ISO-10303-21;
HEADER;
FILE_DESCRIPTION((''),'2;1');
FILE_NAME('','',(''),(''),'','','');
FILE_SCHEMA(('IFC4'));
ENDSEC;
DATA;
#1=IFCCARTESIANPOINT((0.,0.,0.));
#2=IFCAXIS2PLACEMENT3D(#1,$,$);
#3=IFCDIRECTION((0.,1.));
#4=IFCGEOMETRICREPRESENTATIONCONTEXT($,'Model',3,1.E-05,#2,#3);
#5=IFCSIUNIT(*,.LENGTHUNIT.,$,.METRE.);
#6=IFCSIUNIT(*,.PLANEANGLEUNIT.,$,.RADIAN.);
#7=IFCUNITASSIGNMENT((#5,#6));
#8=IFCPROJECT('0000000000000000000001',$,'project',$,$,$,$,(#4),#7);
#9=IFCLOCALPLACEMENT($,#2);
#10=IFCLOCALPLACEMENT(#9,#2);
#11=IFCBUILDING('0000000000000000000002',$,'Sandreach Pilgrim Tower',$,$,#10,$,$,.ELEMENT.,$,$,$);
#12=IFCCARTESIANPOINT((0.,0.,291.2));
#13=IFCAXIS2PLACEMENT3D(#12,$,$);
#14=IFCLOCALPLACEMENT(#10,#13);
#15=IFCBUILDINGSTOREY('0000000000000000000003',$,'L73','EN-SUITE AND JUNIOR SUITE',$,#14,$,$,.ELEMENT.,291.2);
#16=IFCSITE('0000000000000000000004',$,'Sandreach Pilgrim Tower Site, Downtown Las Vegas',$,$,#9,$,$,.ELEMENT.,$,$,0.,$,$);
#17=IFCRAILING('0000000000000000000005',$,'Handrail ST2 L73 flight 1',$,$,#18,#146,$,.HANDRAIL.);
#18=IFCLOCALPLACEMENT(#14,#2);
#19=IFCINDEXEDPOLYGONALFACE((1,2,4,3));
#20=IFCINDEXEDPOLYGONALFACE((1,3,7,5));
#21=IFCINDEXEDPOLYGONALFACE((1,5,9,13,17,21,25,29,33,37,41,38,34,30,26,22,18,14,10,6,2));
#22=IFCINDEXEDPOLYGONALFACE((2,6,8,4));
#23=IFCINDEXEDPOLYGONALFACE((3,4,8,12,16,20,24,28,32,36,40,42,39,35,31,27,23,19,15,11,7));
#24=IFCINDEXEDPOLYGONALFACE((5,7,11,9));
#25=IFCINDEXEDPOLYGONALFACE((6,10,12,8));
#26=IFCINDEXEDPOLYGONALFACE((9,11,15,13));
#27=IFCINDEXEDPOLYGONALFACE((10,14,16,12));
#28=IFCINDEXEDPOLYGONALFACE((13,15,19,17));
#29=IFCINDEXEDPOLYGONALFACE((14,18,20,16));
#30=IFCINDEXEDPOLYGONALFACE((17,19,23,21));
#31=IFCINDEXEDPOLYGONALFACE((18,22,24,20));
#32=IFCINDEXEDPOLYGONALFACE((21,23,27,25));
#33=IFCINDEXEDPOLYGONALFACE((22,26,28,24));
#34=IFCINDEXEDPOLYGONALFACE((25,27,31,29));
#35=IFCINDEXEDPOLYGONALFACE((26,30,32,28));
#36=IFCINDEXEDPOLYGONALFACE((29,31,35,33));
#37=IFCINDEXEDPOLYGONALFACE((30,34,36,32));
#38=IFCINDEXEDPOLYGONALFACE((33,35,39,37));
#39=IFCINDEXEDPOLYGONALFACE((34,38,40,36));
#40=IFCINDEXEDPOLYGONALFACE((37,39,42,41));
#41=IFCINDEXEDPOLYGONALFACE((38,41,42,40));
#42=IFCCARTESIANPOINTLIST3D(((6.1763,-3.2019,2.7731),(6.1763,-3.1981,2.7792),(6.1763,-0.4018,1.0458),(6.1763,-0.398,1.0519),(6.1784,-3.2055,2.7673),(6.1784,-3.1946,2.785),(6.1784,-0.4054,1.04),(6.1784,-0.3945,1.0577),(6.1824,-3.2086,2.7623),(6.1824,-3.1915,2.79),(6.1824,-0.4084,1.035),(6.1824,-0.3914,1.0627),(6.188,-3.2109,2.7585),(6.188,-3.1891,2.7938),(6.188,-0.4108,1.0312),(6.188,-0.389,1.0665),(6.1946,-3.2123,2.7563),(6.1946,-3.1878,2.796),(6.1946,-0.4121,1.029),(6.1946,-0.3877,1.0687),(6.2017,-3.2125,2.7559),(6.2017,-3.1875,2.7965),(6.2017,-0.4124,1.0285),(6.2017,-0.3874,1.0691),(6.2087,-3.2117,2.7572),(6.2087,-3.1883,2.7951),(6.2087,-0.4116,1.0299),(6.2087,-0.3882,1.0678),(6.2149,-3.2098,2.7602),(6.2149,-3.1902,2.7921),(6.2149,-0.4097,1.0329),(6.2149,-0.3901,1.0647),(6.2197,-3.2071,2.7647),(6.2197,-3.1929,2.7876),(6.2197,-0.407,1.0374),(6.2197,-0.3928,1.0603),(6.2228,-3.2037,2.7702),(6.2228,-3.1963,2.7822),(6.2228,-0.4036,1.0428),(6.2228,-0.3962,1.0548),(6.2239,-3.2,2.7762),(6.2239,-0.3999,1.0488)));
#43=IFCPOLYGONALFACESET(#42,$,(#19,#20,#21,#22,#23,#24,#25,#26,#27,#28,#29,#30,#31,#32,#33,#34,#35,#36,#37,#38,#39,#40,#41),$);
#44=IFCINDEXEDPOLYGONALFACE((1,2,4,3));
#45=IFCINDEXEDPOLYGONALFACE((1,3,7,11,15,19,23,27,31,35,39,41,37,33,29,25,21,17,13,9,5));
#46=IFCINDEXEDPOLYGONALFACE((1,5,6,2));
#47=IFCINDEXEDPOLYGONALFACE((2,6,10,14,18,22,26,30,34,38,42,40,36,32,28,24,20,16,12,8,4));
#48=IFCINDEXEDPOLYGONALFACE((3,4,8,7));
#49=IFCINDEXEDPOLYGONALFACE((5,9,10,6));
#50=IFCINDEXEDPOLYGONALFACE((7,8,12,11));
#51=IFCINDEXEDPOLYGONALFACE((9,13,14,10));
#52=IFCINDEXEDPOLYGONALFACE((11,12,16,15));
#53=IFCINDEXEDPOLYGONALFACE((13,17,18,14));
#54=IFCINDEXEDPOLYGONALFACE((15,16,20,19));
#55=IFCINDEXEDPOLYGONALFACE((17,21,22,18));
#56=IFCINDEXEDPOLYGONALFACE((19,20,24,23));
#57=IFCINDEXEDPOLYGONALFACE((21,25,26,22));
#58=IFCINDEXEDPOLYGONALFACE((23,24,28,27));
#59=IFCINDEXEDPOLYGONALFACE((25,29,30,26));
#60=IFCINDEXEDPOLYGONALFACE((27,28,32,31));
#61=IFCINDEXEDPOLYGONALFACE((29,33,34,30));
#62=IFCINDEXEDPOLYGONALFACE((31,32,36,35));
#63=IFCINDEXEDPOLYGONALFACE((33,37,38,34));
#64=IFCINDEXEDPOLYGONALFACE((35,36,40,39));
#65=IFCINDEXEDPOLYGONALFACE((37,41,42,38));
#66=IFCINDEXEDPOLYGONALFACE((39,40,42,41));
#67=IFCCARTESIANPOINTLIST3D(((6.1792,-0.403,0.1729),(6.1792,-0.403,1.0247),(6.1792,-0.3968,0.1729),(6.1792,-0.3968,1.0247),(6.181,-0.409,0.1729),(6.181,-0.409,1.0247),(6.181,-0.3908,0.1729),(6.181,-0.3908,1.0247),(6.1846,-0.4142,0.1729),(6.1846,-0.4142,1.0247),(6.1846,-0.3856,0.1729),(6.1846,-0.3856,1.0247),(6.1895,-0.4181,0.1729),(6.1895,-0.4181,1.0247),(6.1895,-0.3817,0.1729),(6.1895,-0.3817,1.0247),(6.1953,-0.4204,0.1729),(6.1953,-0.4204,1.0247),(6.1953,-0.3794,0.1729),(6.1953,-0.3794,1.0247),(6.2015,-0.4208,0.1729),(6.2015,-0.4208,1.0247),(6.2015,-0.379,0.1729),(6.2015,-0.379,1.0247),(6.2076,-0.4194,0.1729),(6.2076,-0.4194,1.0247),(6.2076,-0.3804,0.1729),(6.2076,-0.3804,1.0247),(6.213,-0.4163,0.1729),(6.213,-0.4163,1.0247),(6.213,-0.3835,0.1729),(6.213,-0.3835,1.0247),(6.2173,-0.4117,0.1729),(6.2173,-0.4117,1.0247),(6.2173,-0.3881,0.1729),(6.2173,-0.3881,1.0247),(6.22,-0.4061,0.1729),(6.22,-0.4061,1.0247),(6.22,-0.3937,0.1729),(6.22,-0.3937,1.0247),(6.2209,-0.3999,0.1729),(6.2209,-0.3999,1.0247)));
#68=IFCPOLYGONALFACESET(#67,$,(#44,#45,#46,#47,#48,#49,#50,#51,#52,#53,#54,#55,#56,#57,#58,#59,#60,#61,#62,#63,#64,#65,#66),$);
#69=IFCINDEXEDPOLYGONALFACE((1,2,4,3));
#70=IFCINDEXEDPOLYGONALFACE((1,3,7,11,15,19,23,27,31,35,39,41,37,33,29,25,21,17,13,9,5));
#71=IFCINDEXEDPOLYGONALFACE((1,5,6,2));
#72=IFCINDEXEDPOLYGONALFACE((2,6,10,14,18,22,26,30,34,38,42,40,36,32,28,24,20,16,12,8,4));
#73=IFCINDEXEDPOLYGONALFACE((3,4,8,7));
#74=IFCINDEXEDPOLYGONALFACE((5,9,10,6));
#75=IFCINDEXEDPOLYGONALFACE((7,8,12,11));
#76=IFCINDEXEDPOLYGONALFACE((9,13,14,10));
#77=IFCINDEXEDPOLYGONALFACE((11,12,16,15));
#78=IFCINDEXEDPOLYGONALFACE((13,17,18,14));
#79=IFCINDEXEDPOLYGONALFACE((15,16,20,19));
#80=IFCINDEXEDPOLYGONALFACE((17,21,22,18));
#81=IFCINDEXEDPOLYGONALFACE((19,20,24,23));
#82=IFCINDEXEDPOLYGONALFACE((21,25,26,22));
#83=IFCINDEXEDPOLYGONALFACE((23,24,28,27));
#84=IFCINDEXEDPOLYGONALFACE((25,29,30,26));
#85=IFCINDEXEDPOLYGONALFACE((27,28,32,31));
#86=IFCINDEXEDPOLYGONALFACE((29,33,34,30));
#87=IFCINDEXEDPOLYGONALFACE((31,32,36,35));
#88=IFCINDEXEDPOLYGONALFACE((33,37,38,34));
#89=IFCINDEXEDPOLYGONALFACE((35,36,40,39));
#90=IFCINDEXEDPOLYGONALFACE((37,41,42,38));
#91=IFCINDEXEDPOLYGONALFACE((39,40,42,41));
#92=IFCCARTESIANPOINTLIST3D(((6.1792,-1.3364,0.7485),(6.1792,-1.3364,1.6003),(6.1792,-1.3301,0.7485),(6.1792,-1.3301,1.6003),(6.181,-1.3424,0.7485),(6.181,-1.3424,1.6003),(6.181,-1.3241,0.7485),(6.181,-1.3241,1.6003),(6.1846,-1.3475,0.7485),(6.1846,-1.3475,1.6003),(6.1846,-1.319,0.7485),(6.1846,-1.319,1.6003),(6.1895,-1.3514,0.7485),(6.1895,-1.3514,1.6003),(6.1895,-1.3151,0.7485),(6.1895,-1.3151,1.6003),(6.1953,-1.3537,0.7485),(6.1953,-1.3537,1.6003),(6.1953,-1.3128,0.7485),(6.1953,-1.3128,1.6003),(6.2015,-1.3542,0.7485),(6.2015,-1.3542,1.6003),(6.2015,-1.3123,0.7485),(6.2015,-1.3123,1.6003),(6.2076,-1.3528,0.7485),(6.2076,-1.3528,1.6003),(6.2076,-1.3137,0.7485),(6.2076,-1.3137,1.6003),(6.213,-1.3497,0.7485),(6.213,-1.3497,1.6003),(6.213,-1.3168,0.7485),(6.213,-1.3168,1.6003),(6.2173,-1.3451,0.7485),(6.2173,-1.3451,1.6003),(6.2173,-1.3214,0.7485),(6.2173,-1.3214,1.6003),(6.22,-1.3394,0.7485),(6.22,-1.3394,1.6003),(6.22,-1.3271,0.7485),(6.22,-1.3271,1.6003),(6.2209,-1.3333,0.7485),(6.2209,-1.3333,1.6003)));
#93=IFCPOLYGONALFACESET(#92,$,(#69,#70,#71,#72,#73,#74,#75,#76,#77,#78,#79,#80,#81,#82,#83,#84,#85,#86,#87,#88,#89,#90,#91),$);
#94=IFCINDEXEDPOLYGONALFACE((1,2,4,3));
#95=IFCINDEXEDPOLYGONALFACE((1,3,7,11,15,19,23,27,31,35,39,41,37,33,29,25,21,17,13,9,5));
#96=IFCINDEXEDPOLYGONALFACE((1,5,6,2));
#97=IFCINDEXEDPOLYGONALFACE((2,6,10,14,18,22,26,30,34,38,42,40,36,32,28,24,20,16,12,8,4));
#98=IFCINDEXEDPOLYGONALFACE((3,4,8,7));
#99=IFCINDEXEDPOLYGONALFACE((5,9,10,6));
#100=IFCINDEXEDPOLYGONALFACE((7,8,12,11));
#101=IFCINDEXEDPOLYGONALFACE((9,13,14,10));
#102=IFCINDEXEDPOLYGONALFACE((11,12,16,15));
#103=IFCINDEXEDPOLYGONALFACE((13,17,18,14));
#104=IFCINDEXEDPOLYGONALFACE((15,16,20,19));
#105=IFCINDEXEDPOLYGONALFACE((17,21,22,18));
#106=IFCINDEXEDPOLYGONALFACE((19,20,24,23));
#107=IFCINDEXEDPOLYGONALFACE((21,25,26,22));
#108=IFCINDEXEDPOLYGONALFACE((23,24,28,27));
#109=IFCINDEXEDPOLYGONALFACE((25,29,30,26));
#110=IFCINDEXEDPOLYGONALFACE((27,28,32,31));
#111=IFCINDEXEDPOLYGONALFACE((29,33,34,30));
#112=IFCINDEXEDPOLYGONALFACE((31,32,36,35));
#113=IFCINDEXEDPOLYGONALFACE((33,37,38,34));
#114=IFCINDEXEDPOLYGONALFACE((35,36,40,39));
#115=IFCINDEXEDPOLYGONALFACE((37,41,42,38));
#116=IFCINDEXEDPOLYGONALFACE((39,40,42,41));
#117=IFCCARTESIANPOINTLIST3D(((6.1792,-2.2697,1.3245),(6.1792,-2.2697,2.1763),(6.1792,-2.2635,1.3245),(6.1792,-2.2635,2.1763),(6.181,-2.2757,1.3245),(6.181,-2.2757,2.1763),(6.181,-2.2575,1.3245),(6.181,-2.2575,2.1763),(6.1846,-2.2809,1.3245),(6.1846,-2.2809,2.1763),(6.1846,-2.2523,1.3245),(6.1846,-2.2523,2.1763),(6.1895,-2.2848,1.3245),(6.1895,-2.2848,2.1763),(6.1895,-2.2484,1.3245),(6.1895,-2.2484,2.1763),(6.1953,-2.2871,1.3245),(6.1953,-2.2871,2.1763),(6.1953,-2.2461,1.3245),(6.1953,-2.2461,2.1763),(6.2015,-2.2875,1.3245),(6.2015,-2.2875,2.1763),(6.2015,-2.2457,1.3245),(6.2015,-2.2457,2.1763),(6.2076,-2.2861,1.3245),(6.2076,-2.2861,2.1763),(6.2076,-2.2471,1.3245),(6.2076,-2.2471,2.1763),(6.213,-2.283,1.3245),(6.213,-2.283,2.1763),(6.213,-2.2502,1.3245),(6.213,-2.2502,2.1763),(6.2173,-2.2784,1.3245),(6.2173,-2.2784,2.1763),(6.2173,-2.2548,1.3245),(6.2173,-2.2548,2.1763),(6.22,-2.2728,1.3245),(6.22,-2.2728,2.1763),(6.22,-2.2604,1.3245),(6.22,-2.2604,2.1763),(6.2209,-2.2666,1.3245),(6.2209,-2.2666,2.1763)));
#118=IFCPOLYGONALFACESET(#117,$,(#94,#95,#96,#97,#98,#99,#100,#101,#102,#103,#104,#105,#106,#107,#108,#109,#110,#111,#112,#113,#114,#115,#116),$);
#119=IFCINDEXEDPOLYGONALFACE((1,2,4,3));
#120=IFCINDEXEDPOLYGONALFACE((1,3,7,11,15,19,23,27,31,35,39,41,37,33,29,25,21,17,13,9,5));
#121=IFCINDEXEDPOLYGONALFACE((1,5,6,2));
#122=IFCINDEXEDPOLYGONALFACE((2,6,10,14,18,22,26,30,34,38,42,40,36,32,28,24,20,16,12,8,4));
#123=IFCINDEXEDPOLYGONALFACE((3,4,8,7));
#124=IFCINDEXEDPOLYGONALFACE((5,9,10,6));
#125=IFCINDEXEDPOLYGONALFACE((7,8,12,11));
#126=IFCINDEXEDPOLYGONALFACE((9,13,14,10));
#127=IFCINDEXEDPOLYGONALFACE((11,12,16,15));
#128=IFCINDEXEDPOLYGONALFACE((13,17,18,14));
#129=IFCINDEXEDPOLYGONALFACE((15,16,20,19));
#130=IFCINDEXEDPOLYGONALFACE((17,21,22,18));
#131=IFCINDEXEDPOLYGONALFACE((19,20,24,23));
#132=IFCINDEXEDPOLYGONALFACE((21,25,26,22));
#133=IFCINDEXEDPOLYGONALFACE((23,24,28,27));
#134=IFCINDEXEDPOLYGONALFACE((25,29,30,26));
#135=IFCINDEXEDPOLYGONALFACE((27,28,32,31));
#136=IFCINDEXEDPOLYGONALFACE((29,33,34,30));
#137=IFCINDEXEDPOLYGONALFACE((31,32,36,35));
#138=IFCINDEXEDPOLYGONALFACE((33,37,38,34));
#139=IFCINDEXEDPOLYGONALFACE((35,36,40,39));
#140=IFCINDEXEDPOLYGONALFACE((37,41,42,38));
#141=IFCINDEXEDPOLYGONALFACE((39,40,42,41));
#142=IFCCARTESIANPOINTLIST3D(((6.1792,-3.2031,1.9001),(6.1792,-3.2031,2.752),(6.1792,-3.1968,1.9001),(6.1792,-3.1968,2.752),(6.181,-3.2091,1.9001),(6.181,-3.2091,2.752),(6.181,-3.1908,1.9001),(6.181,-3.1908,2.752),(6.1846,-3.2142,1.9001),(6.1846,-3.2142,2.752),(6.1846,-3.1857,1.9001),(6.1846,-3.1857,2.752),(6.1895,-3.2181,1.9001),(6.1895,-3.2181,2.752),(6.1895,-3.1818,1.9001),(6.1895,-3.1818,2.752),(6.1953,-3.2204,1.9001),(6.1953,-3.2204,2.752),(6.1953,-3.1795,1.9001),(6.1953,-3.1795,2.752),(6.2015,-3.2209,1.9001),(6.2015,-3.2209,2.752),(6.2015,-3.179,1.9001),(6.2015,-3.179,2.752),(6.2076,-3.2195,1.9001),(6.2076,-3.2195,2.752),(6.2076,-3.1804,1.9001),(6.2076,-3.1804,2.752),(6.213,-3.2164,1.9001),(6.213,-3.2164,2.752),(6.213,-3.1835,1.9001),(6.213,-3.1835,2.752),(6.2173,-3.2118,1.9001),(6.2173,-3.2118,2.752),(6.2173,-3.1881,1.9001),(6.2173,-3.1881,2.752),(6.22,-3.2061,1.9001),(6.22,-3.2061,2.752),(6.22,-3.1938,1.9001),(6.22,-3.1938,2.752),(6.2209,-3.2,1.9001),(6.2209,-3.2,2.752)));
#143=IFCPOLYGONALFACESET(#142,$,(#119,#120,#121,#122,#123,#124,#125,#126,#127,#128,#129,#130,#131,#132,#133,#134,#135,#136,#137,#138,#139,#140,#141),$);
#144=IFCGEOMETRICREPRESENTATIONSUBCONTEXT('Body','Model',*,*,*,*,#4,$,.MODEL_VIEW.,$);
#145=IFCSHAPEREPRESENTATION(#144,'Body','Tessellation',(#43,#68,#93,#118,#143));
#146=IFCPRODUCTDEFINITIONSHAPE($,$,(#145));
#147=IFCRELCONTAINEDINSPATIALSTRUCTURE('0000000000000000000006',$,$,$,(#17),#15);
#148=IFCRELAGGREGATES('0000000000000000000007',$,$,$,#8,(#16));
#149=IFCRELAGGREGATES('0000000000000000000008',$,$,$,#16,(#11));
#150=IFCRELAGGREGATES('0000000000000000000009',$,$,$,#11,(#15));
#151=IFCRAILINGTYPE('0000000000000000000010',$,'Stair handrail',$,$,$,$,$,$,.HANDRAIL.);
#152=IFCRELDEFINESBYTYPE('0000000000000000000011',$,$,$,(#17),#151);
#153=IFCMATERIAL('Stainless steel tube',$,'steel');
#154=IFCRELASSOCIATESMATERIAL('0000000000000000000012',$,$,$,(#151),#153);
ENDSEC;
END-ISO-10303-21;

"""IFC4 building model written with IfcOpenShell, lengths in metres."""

from ifc_helpers import new_model, si_unit, direction, frame, origin, origin_2d, place, context, subcontext, project, spatial, circle, extrude, material, type_object, element, save


model = new_model("IFC4")

# Units and contexts
model_context = context("Model", 3, precision=1e-05, world=origin(), true_north=direction((0.0, 1.0)))
body_context = subcontext(model_context, "Body", "Model", "MODEL_VIEW")
ifc_project = project(units=[si_unit("LENGTHUNIT", "METRE"), si_unit("PLANEANGLEUNIT", "RADIAN")], contexts=[model_context])

# Site, building, storey
site_placement = place(None, origin())
site = spatial("IfcSite", under=ifc_project, at=site_placement, Name="Sandreach Pilgrim Tower Site, Downtown Las Vegas", CompositionType="ELEMENT", RefElevation=0.0)
building_placement = place(site_placement, origin())
building = spatial("IfcBuilding", under=site, at=building_placement, Name="Sandreach Pilgrim Tower", CompositionType="ELEMENT")
storey_placement = place(building_placement, frame((0.0, 0.0, 291.2)))
storey = spatial("IfcBuildingStorey", under=building, at=storey_placement, Name="L73", Description="EN-SUITE AND JUNIOR SUITE", CompositionType="ELEMENT", Elevation=291.2)

# Railing
ifc_material_1 = material(Name="Stainless steel tube", Category="steel")
railing_type = type_object("IfcRailingType", Name="Stair handrail", PredefinedType="HANDRAIL", material=ifc_material_1)
for number, where, name in (
    (1, (6.2, -0.3999, 0.1729), "Handrail ST2 L73 flight 1"),
):
    element("IfcRailing", number, at=place(storey_placement, frame(where)), inside=storey, type_object=railing_type, Name=name, PredefinedType="HANDRAIL", context=body_context, shape_type="SweptSolid", body=[
        extrude(circle(Radius=0.0239, at=origin_2d()), frame((0.0, 0.0, 0.876), z_axis=(0.0, -0.85109, 0.52502), x_axis=(1.0, 0.0, 0.0)), (0.0, 0.0, 1.0), 3.29),
        extrude(circle(Radius=0.021, at=origin_2d()), origin(), (0.0, 0.0, 1.0), 0.8518),
        extrude(circle(Radius=0.021, at=origin_2d()), frame((0.0, -0.9333, 0.5757)), (0.0, 0.0, 1.0), 0.8518),
        extrude(circle(Radius=0.021, at=origin_2d()), frame((0.0, -1.8667, 1.1516)), (0.0, 0.0, 1.0), 0.8518),
        extrude(circle(Radius=0.021, at=origin_2d()), frame((0.0, -2.8, 1.7273)), (0.0, 0.0, 1.0), 0.8518),
    ])

save(model, "model.ifc")
